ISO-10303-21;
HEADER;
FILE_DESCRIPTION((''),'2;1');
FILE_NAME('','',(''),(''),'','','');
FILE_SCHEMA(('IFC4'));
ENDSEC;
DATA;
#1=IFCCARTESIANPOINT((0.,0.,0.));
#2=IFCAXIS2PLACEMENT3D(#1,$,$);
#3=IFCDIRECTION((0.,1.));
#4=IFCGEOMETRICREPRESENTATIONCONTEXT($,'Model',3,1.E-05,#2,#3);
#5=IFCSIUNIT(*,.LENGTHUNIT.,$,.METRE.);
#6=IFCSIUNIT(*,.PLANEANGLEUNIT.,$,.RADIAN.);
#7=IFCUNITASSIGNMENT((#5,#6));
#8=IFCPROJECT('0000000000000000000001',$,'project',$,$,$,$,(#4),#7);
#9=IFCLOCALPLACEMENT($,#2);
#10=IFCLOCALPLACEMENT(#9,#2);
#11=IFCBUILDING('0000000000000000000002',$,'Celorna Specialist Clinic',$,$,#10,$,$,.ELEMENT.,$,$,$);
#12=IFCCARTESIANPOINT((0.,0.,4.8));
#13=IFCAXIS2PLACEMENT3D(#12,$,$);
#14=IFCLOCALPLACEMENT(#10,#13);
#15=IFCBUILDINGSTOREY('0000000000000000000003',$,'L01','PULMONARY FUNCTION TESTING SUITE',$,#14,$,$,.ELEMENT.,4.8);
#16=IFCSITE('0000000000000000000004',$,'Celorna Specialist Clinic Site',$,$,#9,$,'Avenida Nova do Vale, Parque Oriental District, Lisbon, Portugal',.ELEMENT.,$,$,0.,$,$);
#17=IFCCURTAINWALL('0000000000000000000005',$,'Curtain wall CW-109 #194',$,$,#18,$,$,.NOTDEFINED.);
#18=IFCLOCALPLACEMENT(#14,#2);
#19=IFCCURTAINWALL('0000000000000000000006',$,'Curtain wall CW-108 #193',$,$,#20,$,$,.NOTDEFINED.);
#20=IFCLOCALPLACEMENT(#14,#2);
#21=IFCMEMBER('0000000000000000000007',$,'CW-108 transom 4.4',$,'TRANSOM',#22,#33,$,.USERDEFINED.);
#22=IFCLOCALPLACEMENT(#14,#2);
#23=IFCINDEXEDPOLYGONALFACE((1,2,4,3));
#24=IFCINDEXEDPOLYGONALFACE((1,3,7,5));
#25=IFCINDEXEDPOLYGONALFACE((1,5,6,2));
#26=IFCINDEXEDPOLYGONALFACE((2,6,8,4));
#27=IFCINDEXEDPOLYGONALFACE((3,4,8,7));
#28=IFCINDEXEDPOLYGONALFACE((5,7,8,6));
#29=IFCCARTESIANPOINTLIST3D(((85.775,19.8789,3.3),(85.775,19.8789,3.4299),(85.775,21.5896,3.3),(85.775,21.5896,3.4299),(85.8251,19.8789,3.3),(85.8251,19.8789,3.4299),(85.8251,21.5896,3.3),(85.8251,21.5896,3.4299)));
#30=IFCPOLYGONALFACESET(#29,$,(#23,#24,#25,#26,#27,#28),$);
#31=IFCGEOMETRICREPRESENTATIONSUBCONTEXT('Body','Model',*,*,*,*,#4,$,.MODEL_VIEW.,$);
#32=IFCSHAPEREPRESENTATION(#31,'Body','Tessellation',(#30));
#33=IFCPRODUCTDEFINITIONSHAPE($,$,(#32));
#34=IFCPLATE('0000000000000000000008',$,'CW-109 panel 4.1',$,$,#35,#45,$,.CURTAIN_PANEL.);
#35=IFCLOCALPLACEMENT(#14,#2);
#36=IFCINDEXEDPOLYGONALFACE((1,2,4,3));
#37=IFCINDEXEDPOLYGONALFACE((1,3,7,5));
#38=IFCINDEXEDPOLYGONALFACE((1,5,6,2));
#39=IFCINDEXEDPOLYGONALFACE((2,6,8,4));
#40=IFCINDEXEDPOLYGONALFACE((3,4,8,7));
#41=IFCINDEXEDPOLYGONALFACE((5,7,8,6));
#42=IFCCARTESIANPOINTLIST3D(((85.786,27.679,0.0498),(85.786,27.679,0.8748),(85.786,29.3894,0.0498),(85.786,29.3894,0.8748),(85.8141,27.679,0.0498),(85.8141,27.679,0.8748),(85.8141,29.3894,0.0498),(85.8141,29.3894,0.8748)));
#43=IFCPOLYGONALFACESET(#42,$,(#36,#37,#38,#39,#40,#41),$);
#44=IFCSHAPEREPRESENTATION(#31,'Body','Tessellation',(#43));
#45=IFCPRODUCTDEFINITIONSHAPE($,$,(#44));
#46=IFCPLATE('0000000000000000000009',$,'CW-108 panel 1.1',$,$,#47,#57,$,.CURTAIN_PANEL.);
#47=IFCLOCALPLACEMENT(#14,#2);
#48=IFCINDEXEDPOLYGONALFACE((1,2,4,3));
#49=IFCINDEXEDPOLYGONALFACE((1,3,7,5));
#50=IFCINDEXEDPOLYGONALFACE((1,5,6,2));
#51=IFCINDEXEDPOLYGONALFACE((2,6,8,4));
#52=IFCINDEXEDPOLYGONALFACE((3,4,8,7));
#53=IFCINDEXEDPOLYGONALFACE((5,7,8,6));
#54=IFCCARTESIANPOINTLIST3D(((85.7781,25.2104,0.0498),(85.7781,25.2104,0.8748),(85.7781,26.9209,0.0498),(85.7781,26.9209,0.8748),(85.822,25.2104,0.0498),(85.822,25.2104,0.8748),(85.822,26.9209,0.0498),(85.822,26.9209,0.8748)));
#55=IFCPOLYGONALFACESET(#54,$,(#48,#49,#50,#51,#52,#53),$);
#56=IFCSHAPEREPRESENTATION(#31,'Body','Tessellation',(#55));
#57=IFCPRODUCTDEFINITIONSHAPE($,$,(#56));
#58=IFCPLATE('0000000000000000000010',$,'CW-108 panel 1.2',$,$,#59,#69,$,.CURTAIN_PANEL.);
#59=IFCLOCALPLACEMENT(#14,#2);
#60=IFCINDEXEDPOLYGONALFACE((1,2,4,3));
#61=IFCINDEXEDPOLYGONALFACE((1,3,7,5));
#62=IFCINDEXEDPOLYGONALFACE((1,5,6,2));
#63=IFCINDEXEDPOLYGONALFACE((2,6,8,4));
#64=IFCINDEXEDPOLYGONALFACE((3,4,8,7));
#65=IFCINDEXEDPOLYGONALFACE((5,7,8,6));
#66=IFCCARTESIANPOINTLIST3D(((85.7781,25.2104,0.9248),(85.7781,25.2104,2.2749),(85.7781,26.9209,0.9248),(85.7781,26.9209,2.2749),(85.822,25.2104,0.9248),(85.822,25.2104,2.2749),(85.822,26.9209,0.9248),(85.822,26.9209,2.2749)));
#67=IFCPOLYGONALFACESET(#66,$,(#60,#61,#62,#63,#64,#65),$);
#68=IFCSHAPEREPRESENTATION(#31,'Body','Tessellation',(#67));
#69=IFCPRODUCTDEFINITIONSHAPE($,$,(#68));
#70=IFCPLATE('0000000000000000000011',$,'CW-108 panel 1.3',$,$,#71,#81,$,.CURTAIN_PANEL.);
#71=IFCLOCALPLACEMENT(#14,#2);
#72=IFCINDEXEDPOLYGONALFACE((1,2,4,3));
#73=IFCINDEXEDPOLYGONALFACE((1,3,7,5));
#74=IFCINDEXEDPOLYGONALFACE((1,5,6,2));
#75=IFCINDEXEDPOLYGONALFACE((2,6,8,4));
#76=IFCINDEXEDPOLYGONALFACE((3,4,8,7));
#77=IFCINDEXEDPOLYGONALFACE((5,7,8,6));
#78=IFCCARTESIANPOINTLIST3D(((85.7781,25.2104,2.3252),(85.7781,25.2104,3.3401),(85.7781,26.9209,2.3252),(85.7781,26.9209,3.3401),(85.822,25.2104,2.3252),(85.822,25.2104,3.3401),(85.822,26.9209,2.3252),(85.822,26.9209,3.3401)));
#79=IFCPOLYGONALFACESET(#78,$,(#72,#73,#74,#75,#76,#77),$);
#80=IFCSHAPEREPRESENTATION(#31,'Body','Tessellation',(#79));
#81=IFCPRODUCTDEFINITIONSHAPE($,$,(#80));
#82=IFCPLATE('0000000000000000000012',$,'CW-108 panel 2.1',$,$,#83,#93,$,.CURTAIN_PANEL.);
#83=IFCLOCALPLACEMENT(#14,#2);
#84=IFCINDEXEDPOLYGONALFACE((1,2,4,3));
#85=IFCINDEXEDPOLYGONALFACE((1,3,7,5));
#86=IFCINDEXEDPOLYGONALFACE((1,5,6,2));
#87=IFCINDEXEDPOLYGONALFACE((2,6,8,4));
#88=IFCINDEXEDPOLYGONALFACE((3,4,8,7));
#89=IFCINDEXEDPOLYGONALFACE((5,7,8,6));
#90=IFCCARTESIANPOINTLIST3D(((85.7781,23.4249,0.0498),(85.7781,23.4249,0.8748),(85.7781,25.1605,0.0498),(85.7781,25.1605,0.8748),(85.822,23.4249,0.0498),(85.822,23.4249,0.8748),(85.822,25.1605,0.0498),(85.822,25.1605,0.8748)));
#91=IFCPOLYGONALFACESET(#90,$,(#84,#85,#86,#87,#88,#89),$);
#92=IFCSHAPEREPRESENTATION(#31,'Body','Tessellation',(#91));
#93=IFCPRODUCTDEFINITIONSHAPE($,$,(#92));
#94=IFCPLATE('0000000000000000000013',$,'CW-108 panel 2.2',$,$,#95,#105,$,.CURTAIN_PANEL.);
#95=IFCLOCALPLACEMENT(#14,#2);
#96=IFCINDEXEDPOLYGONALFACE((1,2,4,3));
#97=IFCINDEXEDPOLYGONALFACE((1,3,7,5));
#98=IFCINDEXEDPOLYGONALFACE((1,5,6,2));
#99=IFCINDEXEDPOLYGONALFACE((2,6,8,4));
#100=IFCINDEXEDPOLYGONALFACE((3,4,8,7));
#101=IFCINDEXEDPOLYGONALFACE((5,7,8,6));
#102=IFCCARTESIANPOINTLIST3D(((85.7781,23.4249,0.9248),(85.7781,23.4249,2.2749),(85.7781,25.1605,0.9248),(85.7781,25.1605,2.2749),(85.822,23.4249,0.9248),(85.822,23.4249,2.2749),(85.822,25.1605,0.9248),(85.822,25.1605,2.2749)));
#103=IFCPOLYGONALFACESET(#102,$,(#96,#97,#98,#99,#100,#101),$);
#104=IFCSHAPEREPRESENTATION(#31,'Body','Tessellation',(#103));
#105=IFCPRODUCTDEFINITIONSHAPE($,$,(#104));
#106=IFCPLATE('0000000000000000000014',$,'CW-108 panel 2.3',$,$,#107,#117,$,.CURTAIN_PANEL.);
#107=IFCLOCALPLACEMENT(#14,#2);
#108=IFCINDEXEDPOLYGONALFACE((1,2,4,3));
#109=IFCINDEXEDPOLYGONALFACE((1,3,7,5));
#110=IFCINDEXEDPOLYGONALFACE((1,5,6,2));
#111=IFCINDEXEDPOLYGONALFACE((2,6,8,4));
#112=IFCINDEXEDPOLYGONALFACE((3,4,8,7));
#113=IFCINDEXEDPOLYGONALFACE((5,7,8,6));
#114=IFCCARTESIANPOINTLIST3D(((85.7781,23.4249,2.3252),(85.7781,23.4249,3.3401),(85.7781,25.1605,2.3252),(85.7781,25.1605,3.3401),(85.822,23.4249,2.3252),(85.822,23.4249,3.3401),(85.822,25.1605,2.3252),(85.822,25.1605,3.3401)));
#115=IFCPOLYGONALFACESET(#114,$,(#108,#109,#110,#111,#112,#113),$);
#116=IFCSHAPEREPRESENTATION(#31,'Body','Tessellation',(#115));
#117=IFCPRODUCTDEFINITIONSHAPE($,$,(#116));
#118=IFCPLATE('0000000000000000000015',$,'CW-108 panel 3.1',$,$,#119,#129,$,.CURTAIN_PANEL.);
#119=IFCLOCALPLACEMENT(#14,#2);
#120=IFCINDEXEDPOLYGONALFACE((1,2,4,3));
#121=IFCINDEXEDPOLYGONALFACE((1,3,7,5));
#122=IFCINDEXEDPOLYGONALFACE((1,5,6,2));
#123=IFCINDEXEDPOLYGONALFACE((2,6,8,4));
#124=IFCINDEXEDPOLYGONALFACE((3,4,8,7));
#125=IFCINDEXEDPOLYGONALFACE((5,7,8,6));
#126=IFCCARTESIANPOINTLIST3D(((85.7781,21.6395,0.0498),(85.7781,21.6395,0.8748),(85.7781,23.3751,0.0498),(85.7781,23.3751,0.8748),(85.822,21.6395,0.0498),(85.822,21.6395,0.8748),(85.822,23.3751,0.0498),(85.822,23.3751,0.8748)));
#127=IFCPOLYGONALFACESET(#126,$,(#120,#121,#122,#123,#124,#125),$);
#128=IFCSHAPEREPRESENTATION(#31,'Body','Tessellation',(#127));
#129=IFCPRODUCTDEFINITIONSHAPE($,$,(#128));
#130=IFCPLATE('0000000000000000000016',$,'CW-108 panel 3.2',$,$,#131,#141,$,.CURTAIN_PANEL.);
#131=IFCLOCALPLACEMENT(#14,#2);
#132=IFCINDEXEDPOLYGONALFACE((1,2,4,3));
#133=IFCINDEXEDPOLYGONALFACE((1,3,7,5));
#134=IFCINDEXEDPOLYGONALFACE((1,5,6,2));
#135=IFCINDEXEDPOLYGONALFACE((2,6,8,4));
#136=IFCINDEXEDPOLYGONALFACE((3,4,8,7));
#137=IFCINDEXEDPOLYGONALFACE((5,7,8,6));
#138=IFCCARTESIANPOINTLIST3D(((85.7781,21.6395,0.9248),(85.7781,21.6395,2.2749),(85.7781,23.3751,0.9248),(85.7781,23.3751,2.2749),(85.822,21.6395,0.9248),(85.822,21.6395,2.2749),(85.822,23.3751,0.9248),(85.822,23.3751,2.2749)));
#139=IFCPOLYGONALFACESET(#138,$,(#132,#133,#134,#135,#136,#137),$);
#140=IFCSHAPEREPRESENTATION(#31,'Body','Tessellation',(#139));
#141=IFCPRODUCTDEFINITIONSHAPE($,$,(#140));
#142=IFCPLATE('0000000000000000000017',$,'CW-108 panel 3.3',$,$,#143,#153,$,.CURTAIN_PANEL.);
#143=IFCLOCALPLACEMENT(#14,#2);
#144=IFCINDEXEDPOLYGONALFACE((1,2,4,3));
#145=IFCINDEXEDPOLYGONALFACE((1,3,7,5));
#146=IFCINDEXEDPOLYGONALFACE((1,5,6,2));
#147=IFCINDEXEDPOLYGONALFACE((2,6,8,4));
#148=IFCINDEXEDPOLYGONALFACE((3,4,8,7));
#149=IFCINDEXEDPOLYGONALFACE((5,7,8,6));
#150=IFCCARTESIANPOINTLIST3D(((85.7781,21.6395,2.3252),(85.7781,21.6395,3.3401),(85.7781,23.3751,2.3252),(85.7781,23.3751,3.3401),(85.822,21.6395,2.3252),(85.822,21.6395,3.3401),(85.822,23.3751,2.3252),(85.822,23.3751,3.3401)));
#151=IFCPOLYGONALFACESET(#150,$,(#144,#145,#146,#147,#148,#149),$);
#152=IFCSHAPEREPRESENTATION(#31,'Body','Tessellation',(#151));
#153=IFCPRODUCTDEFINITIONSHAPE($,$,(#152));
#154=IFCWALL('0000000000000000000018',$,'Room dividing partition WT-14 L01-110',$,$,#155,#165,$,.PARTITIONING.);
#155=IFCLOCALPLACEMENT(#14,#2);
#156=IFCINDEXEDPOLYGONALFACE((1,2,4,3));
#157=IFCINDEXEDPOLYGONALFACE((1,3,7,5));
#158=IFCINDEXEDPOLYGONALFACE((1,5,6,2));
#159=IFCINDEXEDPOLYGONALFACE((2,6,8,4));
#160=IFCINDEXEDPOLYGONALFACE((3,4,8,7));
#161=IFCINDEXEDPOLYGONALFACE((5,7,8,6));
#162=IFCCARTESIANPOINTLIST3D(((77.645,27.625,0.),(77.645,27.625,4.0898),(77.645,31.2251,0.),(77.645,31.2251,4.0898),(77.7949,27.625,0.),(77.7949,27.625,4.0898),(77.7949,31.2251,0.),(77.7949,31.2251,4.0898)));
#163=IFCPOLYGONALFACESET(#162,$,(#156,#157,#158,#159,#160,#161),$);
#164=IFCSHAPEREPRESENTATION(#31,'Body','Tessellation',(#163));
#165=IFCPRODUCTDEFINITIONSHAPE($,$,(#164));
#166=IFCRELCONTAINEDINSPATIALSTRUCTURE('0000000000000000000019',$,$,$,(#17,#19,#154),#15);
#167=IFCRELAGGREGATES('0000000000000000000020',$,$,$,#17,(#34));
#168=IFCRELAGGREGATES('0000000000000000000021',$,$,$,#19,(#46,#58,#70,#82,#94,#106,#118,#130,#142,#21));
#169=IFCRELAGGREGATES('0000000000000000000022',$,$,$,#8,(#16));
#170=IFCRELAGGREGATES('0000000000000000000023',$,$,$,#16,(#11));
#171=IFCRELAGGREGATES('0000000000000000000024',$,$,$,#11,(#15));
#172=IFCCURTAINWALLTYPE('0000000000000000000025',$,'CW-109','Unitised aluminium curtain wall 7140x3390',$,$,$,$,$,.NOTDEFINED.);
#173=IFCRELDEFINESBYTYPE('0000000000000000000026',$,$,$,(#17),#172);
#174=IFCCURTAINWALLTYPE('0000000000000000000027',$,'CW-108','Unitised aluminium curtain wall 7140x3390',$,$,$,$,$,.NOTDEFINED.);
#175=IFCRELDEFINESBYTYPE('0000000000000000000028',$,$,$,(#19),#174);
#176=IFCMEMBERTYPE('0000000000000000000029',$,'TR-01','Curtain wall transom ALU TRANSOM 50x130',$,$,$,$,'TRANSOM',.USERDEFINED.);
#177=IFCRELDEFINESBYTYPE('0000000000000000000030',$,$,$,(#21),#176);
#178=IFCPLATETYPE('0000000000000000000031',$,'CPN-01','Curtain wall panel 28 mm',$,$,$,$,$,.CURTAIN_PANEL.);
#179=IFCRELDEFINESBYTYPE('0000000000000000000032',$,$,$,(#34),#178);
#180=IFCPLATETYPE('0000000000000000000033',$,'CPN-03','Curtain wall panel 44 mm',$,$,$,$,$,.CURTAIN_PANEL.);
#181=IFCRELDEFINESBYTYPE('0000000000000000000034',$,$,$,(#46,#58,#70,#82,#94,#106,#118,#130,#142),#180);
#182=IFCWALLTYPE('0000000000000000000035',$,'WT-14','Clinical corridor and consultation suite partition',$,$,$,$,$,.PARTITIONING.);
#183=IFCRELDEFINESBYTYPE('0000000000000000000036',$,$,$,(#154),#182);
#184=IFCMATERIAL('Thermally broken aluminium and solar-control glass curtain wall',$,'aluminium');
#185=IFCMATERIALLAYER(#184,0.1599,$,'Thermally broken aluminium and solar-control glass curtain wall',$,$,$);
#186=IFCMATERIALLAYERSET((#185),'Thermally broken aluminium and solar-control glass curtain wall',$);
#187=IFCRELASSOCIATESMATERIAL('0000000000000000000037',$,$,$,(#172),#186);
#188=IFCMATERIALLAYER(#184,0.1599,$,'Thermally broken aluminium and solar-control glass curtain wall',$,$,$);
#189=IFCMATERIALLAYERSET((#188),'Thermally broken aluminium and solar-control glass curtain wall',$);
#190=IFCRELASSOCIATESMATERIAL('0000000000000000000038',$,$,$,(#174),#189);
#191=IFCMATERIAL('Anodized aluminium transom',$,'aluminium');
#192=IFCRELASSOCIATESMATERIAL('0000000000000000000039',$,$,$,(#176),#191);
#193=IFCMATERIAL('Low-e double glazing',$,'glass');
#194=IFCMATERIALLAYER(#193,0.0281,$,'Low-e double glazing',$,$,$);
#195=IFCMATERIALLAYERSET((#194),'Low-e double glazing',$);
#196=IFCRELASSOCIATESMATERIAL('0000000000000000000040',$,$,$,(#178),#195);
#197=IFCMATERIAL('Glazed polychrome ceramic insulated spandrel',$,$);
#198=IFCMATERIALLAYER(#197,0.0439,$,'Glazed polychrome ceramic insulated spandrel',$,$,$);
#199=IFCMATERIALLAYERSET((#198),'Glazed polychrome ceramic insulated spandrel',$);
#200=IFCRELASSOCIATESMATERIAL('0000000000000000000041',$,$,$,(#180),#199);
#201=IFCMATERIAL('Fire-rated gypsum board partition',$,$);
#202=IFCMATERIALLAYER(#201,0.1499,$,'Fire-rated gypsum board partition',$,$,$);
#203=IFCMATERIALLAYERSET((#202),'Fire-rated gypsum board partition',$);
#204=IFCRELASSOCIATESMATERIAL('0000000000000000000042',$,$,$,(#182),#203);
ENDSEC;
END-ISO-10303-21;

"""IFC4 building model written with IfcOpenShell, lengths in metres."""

from ifc_helpers import new_model, si_unit, direction, frame, frame_2d, origin, origin_2d, place, context, subcontext, project, spatial, rectangle, extrude, material, layer, layer_set, material_profile, profile_set, type_object, element, aggregate, save


model = new_model("IFC4")

# Units and contexts
model_context = context("Model", 3, precision=1e-05, world=origin(), true_north=direction((0.0, 1.0)))
body_context = subcontext(model_context, "Body", "Model", "MODEL_VIEW")
ifc_project = project(units=[si_unit("LENGTHUNIT", "METRE"), si_unit("PLANEANGLEUNIT", "RADIAN")], contexts=[model_context])

# Site, building, storey
site_placement = place(None, origin())
site = spatial("IfcSite", under=ifc_project, at=site_placement, Name="Celorna Specialist Clinic Site", LongName="Avenida Nova do Vale, Parque Oriental District, Lisbon, Portugal", CompositionType="ELEMENT", RefElevation=0.0)
building_placement = place(site_placement, origin())
building = spatial("IfcBuilding", under=site, at=building_placement, Name="Celorna Specialist Clinic", CompositionType="ELEMENT")
storey_placement = place(building_placement, frame((0.0, 0.0, 4.8)))
storey = spatial("IfcBuildingStorey", under=building, at=storey_placement, Name="L01", Description="PULMONARY FUNCTION TESTING SUITE", CompositionType="ELEMENT", Elevation=4.8)

# Curtain wall
ifc_material_1 = material(Name="Thermally broken aluminium and solar-control glass curtain wall", Category="aluminium")
ifc_layer_1 = layer(ifc_material_1, 0.1599, Name="Thermally broken aluminium and solar-control glass curtain wall")
ifc_layer_set_1 = layer_set([ifc_layer_1], Name="Thermally broken aluminium and solar-control glass curtain wall")
curtain_wall_type_1 = type_object("IfcCurtainWallType", Name="CW-109", Description="Unitised aluminium curtain wall 7140x3390", PredefinedType="NOTDEFINED", material=ifc_layer_set_1)
curtain_wall_1_placement = place(storey_placement, origin())
curtain_wall_1 = element("IfcCurtainWall", 1, at=curtain_wall_1_placement, inside=storey, type_object=curtain_wall_type_1, Name="Curtain wall CW-109 #194", PredefinedType="NOTDEFINED")

# Curtain wall, member
ifc_layer_2 = layer(ifc_material_1, 0.1599, Name="Thermally broken aluminium and solar-control glass curtain wall")
ifc_layer_set_2 = layer_set([ifc_layer_2], Name="Thermally broken aluminium and solar-control glass curtain wall")
curtain_wall_type_2 = type_object("IfcCurtainWallType", Name="CW-108", Description="Unitised aluminium curtain wall 7140x3390", PredefinedType="NOTDEFINED", material=ifc_layer_set_2)
curtain_wall_2_placement = place(storey_placement, origin())
curtain_wall_2 = element("IfcCurtainWall", 2, at=curtain_wall_2_placement, inside=storey, type_object=curtain_wall_type_2, Name="Curtain wall CW-108 #193", PredefinedType="NOTDEFINED")
ifc_material_2 = material(Name="Anodized aluminium transom", Category="aluminium")
ifc_material_profile_1 = material_profile(ifc_material_2, rectangle(XDim=0.05, YDim=0.1299, at=origin_2d()), Name="ALU TRANSOM 50x130")
ifc_profile_set_1 = profile_set([ifc_material_profile_1], Name="Anodized aluminium transom")
member_type_1 = type_object("IfcMemberType", Name="TR-01", Description="Curtain wall transom ALU TRANSOM 50x130", ElementType="TRANSOM", PredefinedType="USERDEFINED", material=ifc_profile_set_1)
member_1_placement = place(storey_placement, frame((85.8, 21.5896, 3.365), z_axis=(0.0, -1.0, 0.0), x_axis=(1.0, 0.0, 0.0)))
member_1 = element("IfcMember", 3, at=member_1_placement, type_object=member_type_1, Name="CW-108 transom 4.4", ObjectType="TRANSOM", PredefinedType="USERDEFINED", context=body_context, shape_type="SweptSolid", body=[
    extrude(rectangle(XDim=0.05, YDim=0.1299, at=origin_2d()), origin(), (0.0, 0.0, 1.0), 1.7107),
])

# Plates
ifc_material_3 = material(Name="Low-e double glazing", Category="glass")
ifc_layer_3 = layer(ifc_material_3, 0.0281, Name="Low-e double glazing")
ifc_layer_set_3 = layer_set([ifc_layer_3], Name="Low-e double glazing")
plate_type_1 = type_object("IfcPlateType", Name="CPN-01", Description="Curtain wall panel 28 mm", PredefinedType="CURTAIN_PANEL", material=ifc_layer_set_3)
plate_1_placement = place(storey_placement, frame((85.8, 28.5342, 0.0498), z_axis=(0.0, 0.0, 1.0), x_axis=(0.0, -1.0, 0.0)))
plate_1 = element("IfcPlate", 4, at=plate_1_placement, type_object=plate_type_1, Name="CW-109 panel 4.1", PredefinedType="CURTAIN_PANEL", context=body_context, shape_type="SweptSolid", body=[
    extrude(rectangle(XDim=1.7104, YDim=0.0281, at=origin_2d()), origin(), (0.0, 0.0, 1.0), 0.825),
])
aggregate(curtain_wall_1, [plate_1])
ifc_material_4 = material(Name="Glazed polychrome ceramic insulated spandrel")
ifc_layer_4 = layer(ifc_material_4, 0.0439, Name="Glazed polychrome ceramic insulated spandrel")
ifc_layer_set_4 = layer_set([ifc_layer_4], Name="Glazed polychrome ceramic insulated spandrel")
plate_type_2 = type_object("IfcPlateType", Name="CPN-03", Description="Curtain wall panel 44 mm", PredefinedType="CURTAIN_PANEL", material=ifc_layer_set_4)
plate_2_placement = place(storey_placement, frame((85.8, 26.0657, 0.0498), z_axis=(0.0, 0.0, 1.0), x_axis=(0.0, -1.0, 0.0)))
plate_2 = element("IfcPlate", 5, at=plate_2_placement, type_object=plate_type_2, Name="CW-108 panel 1.1", PredefinedType="CURTAIN_PANEL", context=body_context, shape_type="SweptSolid", body=[
    extrude(rectangle(XDim=1.7104, YDim=0.0439, at=origin_2d()), origin(), (0.0, 0.0, 1.0), 0.825),
])
plate_3_placement = place(storey_placement, frame((85.8, 26.0657, 0.9248), z_axis=(0.0, 0.0, 1.0), x_axis=(0.0, -1.0, 0.0)))
plate_3 = element("IfcPlate", 6, at=plate_3_placement, type_object=plate_type_2, Name="CW-108 panel 1.2", PredefinedType="CURTAIN_PANEL", context=body_context, shape_type="SweptSolid", body=[
    extrude(rectangle(XDim=1.7104, YDim=0.0439, at=origin_2d()), origin(), (0.0, 0.0, 1.0), 1.3501),
])
plate_4_placement = place(storey_placement, frame((85.8, 26.0657, 2.3252), z_axis=(0.0, 0.0, 1.0), x_axis=(0.0, -1.0, 0.0)))
plate_4 = element("IfcPlate", 7, at=plate_4_placement, type_object=plate_type_2, Name="CW-108 panel 1.3", PredefinedType="CURTAIN_PANEL", context=body_context, shape_type="SweptSolid", body=[
    extrude(rectangle(XDim=1.7104, YDim=0.0439, at=origin_2d()), origin(), (0.0, 0.0, 1.0), 1.0149),
])
plate_5_placement = place(storey_placement, frame((85.8, 24.2927, 0.0498), z_axis=(0.0, 0.0, 1.0), x_axis=(0.0, -1.0, 0.0)))
plate_5 = element("IfcPlate", 8, at=plate_5_placement, type_object=plate_type_2, Name="CW-108 panel 2.1", PredefinedType="CURTAIN_PANEL", context=body_context, shape_type="SweptSolid", body=[
    extrude(rectangle(XDim=1.7356, YDim=0.0439, at=origin_2d()), origin(), (0.0, 0.0, 1.0), 0.825),
])
plate_6_placement = place(storey_placement, frame((85.8, 24.2927, 0.9248), z_axis=(0.0, 0.0, 1.0), x_axis=(0.0, -1.0, 0.0)))
plate_6 = element("IfcPlate", 9, at=plate_6_placement, type_object=plate_type_2, Name="CW-108 panel 2.2", PredefinedType="CURTAIN_PANEL", context=body_context, shape_type="SweptSolid", body=[
    extrude(rectangle(XDim=1.7356, YDim=0.0439, at=origin_2d()), origin(), (0.0, 0.0, 1.0), 1.3501),
])
plate_7_placement = place(storey_placement, frame((85.8, 24.2927, 2.3252), z_axis=(0.0, 0.0, 1.0), x_axis=(0.0, -1.0, 0.0)))
plate_7 = element("IfcPlate", 10, at=plate_7_placement, type_object=plate_type_2, Name="CW-108 panel 2.3", PredefinedType="CURTAIN_PANEL", context=body_context, shape_type="SweptSolid", body=[
    extrude(rectangle(XDim=1.7356, YDim=0.0439, at=origin_2d()), origin(), (0.0, 0.0, 1.0), 1.0149),
])
plate_8_placement = place(storey_placement, frame((85.8, 22.5073, 0.0498), z_axis=(0.0, 0.0, 1.0), x_axis=(0.0, -1.0, 0.0)))
plate_8 = element("IfcPlate", 11, at=plate_8_placement, type_object=plate_type_2, Name="CW-108 panel 3.1", PredefinedType="CURTAIN_PANEL", context=body_context, shape_type="SweptSolid", body=[
    extrude(rectangle(XDim=1.7356, YDim=0.0439, at=origin_2d()), origin(), (0.0, 0.0, 1.0), 0.825),
])
plate_9_placement = place(storey_placement, frame((85.8, 22.5073, 0.9248), z_axis=(0.0, 0.0, 1.0), x_axis=(0.0, -1.0, 0.0)))
plate_9 = element("IfcPlate", 12, at=plate_9_placement, type_object=plate_type_2, Name="CW-108 panel 3.2", PredefinedType="CURTAIN_PANEL", context=body_context, shape_type="SweptSolid", body=[
    extrude(rectangle(XDim=1.7356, YDim=0.0439, at=origin_2d()), origin(), (0.0, 0.0, 1.0), 1.3501),
])
plate_10_placement = place(storey_placement, frame((85.8, 22.5073, 2.3252), z_axis=(0.0, 0.0, 1.0), x_axis=(0.0, -1.0, 0.0)))
plate_10 = element("IfcPlate", 13, at=plate_10_placement, type_object=plate_type_2, Name="CW-108 panel 3.3", PredefinedType="CURTAIN_PANEL", context=body_context, shape_type="SweptSolid", body=[
    extrude(rectangle(XDim=1.7356, YDim=0.0439, at=origin_2d()), origin(), (0.0, 0.0, 1.0), 1.0149),
])
aggregate(curtain_wall_2, [plate_2, plate_3, plate_4, plate_5, plate_6, plate_7, plate_8, plate_9, plate_10, member_1])

# Wall
ifc_material_5 = material(Name="Fire-rated gypsum board partition")
ifc_layer_5 = layer(ifc_material_5, 0.1499, Name="Fire-rated gypsum board partition")
ifc_layer_set_5 = layer_set([ifc_layer_5], Name="Fire-rated gypsum board partition")
wall_type = type_object("IfcWallType", Name="WT-14", Description="Clinical corridor and consultation suite partition", PredefinedType="PARTITIONING", material=ifc_layer_set_5)
wall_placement = place(storey_placement, frame((77.72, 27.625, 0.0), z_axis=(0.0, 0.0, 1.0), x_axis=(0.0, 1.0, 0.0)))
element("IfcWall", 14, at=wall_placement, inside=storey, type_object=wall_type, Name="Room dividing partition WT-14 L01-110", PredefinedType="PARTITIONING", context=body_context, shape_type="SweptSolid", body=[
    extrude(rectangle(XDim=3.6001, YDim=0.1499, at=frame_2d((1.8, 0.0))), origin(), (0.0, 0.0, 1.0), 4.0898),
])

save(model, "model.ifc")
